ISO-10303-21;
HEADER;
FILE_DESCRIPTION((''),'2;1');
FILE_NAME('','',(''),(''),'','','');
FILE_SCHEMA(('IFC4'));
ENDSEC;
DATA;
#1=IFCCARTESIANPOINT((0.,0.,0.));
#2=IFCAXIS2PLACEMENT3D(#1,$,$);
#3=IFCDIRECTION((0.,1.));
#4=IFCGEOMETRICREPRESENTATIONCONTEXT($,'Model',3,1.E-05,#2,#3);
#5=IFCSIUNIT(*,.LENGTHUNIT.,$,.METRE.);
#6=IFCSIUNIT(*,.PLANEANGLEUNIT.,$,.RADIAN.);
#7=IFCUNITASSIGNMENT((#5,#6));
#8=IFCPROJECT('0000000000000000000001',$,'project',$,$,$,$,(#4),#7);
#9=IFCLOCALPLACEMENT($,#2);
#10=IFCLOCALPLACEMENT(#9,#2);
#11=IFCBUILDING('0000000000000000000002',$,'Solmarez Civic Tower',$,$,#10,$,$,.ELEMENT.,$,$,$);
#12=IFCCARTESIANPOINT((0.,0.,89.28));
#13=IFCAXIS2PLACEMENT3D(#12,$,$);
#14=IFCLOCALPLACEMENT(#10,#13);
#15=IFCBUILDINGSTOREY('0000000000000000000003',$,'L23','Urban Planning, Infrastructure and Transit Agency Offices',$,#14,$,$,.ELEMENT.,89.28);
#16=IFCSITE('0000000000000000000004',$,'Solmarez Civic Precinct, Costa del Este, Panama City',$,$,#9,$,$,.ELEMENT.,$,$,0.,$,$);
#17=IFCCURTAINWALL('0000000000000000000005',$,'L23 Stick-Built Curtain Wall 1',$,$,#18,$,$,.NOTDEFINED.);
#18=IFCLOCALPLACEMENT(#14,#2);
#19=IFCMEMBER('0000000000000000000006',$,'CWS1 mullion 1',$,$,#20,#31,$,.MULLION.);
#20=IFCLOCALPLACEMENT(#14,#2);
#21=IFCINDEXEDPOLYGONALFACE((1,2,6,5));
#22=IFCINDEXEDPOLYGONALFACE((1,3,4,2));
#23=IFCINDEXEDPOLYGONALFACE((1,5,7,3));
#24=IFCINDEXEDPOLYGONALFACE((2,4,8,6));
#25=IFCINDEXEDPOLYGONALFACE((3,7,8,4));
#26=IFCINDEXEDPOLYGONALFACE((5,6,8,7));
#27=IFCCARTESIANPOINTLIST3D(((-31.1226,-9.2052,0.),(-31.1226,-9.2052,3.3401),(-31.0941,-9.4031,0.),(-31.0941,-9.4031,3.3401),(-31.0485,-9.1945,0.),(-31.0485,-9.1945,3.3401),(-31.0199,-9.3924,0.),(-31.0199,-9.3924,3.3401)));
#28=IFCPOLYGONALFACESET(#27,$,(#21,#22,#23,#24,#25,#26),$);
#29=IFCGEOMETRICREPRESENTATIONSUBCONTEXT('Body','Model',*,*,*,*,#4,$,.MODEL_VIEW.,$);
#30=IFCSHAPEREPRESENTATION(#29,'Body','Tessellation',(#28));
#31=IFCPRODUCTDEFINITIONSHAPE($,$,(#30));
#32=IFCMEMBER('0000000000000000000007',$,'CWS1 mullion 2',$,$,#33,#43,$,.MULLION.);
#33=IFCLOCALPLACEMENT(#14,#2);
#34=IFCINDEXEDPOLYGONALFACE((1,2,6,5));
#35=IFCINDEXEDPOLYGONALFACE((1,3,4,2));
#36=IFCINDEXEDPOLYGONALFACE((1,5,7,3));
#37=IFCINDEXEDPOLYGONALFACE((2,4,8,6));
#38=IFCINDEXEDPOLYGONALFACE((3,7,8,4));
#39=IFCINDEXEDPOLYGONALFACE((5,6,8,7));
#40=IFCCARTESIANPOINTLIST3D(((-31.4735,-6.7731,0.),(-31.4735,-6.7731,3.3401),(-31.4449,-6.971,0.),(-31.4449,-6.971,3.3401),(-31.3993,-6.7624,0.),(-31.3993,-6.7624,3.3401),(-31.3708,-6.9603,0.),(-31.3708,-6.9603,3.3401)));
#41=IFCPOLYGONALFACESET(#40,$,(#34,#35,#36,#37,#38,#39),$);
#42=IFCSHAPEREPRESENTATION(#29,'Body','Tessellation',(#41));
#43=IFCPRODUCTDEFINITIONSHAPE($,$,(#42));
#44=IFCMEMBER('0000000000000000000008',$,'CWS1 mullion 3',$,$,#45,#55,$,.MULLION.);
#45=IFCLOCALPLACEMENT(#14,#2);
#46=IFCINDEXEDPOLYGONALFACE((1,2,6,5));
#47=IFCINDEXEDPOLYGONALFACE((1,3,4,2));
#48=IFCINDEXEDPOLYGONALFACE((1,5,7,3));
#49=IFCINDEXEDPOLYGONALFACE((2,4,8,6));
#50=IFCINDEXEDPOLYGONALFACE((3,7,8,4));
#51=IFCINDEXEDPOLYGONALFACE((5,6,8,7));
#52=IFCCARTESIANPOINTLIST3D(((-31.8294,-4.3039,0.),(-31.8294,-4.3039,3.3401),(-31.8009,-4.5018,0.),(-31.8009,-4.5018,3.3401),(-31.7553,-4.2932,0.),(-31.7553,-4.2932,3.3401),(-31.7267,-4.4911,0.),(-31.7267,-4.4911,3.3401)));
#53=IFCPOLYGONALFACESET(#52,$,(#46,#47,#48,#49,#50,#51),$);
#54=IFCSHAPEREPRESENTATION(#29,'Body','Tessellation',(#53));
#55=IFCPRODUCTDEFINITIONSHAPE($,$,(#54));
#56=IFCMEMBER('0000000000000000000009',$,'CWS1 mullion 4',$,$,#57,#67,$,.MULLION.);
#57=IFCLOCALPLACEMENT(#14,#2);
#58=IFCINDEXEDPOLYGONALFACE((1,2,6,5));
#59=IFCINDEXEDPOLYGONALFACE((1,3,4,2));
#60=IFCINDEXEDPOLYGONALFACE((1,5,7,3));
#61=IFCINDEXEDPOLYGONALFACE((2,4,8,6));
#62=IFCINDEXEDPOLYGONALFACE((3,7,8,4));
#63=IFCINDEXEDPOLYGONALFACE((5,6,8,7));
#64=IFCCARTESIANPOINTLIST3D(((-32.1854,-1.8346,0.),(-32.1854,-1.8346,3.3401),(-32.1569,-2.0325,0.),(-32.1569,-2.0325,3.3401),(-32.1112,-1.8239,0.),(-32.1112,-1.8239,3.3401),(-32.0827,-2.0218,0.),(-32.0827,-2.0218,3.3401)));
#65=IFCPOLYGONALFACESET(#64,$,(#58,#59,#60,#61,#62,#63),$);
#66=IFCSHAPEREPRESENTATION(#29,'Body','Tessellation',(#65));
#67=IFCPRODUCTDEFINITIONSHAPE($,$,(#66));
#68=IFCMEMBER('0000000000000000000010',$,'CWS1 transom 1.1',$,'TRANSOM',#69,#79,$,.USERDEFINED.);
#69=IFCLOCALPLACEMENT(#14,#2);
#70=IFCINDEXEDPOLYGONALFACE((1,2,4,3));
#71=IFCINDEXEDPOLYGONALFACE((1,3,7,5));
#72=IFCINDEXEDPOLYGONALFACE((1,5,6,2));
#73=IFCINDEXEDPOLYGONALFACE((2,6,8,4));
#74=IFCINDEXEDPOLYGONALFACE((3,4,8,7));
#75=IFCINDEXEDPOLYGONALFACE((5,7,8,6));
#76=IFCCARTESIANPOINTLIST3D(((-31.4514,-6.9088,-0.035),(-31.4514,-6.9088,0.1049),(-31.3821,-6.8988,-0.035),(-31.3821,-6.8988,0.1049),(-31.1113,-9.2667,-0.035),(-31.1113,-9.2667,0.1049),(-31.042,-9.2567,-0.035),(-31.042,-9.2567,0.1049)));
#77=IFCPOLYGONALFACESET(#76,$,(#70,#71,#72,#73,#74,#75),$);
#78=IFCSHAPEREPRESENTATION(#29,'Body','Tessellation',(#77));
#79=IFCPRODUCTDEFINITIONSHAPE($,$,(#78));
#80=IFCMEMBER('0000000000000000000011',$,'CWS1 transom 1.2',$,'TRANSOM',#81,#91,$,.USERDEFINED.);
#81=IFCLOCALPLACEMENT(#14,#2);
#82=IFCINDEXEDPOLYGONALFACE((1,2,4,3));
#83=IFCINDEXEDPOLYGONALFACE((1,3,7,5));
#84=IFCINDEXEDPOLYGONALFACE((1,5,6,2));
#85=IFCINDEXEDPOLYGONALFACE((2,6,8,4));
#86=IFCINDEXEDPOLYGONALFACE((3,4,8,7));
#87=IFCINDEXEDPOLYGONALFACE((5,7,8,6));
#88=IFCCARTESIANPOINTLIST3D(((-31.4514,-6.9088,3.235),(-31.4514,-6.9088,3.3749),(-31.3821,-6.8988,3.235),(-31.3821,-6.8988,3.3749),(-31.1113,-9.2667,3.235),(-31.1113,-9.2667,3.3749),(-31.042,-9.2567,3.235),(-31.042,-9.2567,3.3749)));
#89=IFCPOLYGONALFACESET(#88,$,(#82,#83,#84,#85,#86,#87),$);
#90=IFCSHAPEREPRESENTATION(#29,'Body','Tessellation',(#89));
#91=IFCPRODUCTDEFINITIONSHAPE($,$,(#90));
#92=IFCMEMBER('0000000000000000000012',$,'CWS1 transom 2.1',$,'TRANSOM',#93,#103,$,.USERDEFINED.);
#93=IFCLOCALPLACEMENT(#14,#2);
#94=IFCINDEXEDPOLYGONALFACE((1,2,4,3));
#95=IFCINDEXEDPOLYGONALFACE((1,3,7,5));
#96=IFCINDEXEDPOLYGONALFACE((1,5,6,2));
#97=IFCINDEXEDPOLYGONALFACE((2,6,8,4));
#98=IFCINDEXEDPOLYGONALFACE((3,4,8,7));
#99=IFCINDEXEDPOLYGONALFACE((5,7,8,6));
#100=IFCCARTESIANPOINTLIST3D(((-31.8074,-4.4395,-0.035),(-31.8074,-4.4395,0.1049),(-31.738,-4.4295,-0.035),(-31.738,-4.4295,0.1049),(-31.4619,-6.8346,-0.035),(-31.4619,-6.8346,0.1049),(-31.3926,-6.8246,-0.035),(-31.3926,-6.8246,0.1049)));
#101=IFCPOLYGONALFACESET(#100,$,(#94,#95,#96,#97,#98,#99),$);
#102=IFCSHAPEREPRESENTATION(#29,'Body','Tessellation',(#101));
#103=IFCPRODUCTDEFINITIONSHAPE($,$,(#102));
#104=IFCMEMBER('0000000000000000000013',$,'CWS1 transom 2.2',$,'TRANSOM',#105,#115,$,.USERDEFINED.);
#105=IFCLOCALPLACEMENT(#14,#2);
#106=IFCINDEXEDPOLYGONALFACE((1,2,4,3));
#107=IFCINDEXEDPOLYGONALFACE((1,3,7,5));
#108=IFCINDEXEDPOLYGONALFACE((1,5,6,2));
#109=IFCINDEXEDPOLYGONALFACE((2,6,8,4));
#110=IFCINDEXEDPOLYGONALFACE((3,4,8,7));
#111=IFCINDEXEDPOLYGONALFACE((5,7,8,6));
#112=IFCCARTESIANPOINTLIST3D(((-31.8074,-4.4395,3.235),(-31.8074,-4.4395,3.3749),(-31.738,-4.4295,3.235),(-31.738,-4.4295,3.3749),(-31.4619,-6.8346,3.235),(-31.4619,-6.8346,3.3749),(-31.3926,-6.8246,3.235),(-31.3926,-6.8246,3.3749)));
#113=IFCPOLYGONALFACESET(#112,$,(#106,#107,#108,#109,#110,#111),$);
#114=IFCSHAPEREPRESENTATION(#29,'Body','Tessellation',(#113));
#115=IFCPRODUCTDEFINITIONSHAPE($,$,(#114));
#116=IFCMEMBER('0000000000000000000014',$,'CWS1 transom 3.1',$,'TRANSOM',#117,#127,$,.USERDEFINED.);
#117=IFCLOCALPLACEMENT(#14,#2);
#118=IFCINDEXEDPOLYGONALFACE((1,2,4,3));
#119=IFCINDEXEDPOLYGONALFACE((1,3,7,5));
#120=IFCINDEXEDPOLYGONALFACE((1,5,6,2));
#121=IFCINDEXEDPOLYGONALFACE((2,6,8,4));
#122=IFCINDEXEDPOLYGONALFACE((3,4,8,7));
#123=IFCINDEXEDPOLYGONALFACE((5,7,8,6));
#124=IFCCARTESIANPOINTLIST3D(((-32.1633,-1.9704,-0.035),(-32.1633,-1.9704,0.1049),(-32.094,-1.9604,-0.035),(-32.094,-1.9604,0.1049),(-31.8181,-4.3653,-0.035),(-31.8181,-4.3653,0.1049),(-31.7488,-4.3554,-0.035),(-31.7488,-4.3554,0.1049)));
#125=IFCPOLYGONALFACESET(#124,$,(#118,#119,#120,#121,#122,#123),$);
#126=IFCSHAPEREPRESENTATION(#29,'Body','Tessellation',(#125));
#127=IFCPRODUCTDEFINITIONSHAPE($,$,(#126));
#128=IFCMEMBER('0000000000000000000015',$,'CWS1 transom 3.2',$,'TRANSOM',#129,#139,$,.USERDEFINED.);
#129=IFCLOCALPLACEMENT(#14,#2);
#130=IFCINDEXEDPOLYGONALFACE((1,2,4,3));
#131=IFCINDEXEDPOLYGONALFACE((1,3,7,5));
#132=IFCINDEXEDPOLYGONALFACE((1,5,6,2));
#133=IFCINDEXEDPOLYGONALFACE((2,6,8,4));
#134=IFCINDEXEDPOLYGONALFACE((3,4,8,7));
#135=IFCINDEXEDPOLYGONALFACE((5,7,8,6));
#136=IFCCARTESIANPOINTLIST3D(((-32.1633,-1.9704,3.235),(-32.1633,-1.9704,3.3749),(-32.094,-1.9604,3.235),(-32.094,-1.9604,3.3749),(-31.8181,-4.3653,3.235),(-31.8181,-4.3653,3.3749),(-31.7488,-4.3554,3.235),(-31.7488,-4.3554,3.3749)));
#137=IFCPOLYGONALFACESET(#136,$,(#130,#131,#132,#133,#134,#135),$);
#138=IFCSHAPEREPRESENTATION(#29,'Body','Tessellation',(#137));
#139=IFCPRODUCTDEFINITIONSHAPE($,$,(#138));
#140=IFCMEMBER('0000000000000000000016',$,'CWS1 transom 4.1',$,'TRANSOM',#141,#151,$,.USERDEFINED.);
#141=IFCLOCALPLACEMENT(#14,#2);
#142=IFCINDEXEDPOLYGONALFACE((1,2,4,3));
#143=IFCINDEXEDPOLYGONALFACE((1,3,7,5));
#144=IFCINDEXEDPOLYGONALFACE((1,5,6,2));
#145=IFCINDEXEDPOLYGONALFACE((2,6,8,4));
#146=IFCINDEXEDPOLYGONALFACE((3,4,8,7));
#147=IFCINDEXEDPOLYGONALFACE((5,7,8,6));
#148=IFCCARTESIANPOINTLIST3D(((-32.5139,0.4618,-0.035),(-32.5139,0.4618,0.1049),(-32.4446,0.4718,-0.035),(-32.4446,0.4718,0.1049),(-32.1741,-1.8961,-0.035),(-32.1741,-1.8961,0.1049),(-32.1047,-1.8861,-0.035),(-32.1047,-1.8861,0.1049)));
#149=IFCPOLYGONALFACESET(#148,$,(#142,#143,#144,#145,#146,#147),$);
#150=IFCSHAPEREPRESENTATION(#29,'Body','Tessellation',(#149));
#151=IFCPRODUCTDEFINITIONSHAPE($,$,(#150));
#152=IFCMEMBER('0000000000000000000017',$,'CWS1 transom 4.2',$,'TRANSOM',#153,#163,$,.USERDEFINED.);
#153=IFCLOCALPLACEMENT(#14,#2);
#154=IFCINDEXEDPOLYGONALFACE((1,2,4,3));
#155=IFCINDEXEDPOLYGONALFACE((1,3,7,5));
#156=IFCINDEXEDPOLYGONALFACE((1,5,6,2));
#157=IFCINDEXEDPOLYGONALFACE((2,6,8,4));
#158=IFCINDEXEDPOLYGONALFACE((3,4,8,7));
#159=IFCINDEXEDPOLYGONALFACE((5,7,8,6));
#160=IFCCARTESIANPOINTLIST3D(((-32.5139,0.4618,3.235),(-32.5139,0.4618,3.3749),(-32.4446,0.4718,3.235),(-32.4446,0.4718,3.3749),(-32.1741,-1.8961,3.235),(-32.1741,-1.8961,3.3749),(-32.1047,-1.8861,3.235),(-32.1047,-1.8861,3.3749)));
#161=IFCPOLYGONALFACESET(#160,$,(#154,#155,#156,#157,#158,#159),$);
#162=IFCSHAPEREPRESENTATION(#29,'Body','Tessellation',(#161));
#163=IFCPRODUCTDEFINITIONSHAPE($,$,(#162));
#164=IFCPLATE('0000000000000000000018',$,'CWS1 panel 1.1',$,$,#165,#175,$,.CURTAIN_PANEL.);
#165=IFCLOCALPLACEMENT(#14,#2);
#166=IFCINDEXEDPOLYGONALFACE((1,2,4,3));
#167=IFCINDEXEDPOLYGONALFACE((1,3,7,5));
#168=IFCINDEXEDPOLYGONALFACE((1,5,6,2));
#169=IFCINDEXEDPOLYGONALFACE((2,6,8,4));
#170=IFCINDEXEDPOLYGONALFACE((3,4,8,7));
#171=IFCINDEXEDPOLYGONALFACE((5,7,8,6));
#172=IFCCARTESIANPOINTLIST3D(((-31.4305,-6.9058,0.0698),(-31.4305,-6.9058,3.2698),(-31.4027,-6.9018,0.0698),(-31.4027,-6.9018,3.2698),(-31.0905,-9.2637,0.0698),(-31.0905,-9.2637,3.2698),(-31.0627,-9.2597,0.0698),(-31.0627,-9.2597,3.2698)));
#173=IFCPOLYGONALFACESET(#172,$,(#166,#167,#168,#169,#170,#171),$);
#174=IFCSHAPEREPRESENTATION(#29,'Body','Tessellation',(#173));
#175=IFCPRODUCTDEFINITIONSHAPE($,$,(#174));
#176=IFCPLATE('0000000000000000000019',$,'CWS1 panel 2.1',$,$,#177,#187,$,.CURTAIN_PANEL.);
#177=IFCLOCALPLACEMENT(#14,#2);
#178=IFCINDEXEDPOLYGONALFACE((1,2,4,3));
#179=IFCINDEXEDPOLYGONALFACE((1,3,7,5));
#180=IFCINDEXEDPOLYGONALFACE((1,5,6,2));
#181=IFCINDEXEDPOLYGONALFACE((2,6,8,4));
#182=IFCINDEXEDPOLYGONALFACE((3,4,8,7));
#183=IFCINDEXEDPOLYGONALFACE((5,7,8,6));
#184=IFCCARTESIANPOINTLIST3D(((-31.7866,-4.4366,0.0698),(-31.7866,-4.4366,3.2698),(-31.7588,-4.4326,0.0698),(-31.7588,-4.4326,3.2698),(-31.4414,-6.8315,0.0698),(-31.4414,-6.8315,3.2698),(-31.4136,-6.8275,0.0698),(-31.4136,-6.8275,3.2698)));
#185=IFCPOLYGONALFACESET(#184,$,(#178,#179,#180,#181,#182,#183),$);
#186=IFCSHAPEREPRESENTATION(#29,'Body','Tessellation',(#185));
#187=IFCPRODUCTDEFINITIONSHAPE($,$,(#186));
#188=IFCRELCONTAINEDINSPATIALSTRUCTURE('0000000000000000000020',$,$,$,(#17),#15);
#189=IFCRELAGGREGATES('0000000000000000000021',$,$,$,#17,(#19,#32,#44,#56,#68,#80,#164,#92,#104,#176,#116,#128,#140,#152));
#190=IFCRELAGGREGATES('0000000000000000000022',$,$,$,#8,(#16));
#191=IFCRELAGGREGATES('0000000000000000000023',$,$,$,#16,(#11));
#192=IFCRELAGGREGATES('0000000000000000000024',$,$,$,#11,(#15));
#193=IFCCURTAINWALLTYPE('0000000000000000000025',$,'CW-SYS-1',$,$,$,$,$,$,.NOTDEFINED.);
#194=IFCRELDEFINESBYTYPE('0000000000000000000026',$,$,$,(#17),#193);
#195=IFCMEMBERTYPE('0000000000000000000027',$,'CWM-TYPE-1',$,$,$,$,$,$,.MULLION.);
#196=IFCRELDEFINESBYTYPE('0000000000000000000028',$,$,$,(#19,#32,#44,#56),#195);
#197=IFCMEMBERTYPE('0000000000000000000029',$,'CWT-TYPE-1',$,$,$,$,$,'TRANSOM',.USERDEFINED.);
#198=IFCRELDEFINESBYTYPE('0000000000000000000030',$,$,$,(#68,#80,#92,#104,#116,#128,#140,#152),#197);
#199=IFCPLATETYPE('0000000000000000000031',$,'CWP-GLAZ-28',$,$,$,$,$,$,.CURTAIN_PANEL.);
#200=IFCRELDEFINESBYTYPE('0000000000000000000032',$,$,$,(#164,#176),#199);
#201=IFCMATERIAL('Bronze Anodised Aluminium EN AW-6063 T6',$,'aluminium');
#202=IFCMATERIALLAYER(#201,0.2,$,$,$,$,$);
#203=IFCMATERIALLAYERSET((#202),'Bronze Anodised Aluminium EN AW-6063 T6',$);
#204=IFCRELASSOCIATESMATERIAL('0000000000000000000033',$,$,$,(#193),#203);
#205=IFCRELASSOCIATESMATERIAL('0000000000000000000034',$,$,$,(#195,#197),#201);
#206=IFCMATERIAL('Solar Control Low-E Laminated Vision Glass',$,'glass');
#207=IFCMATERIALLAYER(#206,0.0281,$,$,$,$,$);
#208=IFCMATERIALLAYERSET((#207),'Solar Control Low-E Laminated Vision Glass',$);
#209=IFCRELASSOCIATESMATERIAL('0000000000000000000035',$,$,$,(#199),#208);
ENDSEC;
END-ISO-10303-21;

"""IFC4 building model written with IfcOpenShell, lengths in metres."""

from ifc_helpers import new_model, si_unit, direction, frame, origin, origin_2d, place, context, subcontext, project, spatial, rectangle, extrude, material, layer, layer_set, material_profile, profile_set, type_object, element, aggregate, save


model = new_model("IFC4")

# Units and contexts
model_context = context("Model", 3, precision=1e-05, world=origin(), true_north=direction((0.0, 1.0)))
body_context = subcontext(model_context, "Body", "Model", "MODEL_VIEW")
ifc_project = project(units=[si_unit("LENGTHUNIT", "METRE"), si_unit("PLANEANGLEUNIT", "RADIAN")], contexts=[model_context])

# Site, building, storey
site_placement = place(None, origin())
site = spatial("IfcSite", under=ifc_project, at=site_placement, Name="Solmarez Civic Precinct, Costa del Este, Panama City", CompositionType="ELEMENT", RefElevation=0.0)
building_placement = place(site_placement, origin())
building = spatial("IfcBuilding", under=site, at=building_placement, Name="Solmarez Civic Tower", CompositionType="ELEMENT")
storey_placement = place(building_placement, frame((0.0, 0.0, 89.28)))
storey = spatial("IfcBuildingStorey", under=building, at=storey_placement, Name="L23", Description="Urban Planning, Infrastructure and Transit Agency Offices", CompositionType="ELEMENT", Elevation=89.28)

# Curtain wall, members, plates
ifc_material_1 = material(Name="Bronze Anodised Aluminium EN AW-6063 T6", Category="aluminium")
ifc_layer_1 = layer(ifc_material_1, 0.2)
ifc_layer_set_1 = layer_set([ifc_layer_1], Name="Bronze Anodised Aluminium EN AW-6063 T6")
curtain_wall_type = type_object("IfcCurtainWallType", Name="CW-SYS-1", PredefinedType="NOTDEFINED", material=ifc_layer_set_1)
curtain_wall_placement = place(storey_placement, origin())
curtain_wall = element("IfcCurtainWall", 1, at=curtain_wall_placement, inside=storey, type_object=curtain_wall_type, Name="L23 Stick-Built Curtain Wall 1", PredefinedType="NOTDEFINED")
ifc_material_profile_1 = material_profile(ifc_material_1, rectangle(XDim=0.075, YDim=0.2, at=origin_2d()), Name="CWM-75X200")
ifc_profile_set_1 = profile_set([ifc_material_profile_1], Name="Bronze Anodised Aluminium EN AW-6063 T6")
member_type_1 = type_object("IfcMemberType", Name="CWM-TYPE-1", PredefinedType="MULLION", material=ifc_profile_set_1)
member_1_placement = place(storey_placement, frame((-31.0713, -9.2988, 0.0), z_axis=(0.0, 0.0, 1.0), x_axis=(-0.989766, -0.142698, 0.0)))
member_1 = element("IfcMember", 2, at=member_1_placement, type_object=member_type_1, Name="CWS1 mullion 1", PredefinedType="MULLION", context=body_context, shape_type="SweptSolid", body=[
    extrude(rectangle(XDim=0.075, YDim=0.2, at=origin_2d()), origin(), (0.0, 0.0, 1.0), 3.3401),
])
member_2_placement = place(storey_placement, frame((-31.4221, -6.8667, 0.0), z_axis=(0.0, 0.0, 1.0), x_axis=(-0.989766, -0.142698, 0.0)))
member_2 = element("IfcMember", 3, at=member_2_placement, type_object=member_type_1, Name="CWS1 mullion 2", PredefinedType="MULLION", context=body_context, shape_type="SweptSolid", body=[
    extrude(rectangle(XDim=0.075, YDim=0.2, at=origin_2d()), origin(), (0.0, 0.0, 1.0), 3.3401),
])
member_3_placement = place(storey_placement, frame((-31.7781, -4.3975, 0.0), z_axis=(0.0, 0.0, 1.0), x_axis=(-0.989766, -0.142698, 0.0)))
member_3 = element("IfcMember", 4, at=member_3_placement, type_object=member_type_1, Name="CWS1 mullion 3", PredefinedType="MULLION", context=body_context, shape_type="SweptSolid", body=[
    extrude(rectangle(XDim=0.075, YDim=0.2, at=origin_2d()), origin(), (0.0, 0.0, 1.0), 3.3401),
])
member_4_placement = place(storey_placement, frame((-32.134, -1.9282, 0.0), z_axis=(0.0, 0.0, 1.0), x_axis=(-0.989766, -0.142698, 0.0)))
member_4 = element("IfcMember", 5, at=member_4_placement, type_object=member_type_1, Name="CWS1 mullion 4", PredefinedType="MULLION", context=body_context, shape_type="SweptSolid", body=[
    extrude(rectangle(XDim=0.075, YDim=0.2, at=origin_2d()), origin(), (0.0, 0.0, 1.0), 3.3401),
])
ifc_material_profile_2 = material_profile(ifc_material_1, rectangle(XDim=0.0701, YDim=0.1399, at=origin_2d()), Name="CWT-70X140")
ifc_profile_set_2 = profile_set([ifc_material_profile_2], Name="Bronze Anodised Aluminium EN AW-6063 T6")
member_type_2 = type_object("IfcMemberType", Name="CWT-TYPE-1", ElementType="TRANSOM", PredefinedType="USERDEFINED", material=ifc_profile_set_2)
member_5_placement = place(storey_placement, frame((-31.0767, -9.2617, 0.0349), z_axis=(-0.142756, 0.989758, 0.0), x_axis=(-0.989758, -0.142756, 0.0)))
member_5 = element("IfcMember", 6, at=member_5_placement, type_object=member_type_2, Name="CWS1 transom 1.1", ObjectType="TRANSOM", PredefinedType="USERDEFINED", context=body_context, shape_type="SweptSolid", body=[
    extrude(rectangle(XDim=0.0701, YDim=0.1399, at=origin_2d()), origin(), (0.0, 0.0, 1.0), 2.3823),
])
member_6_placement = place(storey_placement, frame((-31.0767, -9.2617, 3.3049), z_axis=(-0.142756, 0.989758, 0.0), x_axis=(-0.989758, -0.142756, 0.0)))
member_6 = element("IfcMember", 7, at=member_6_placement, type_object=member_type_2, Name="CWS1 transom 1.2", ObjectType="TRANSOM", PredefinedType="USERDEFINED", context=body_context, shape_type="SweptSolid", body=[
    extrude(rectangle(XDim=0.0701, YDim=0.1399, at=origin_2d()), origin(), (0.0, 0.0, 1.0), 2.3823),
])
member_7_placement = place(storey_placement, frame((-31.4272, -6.8296, 0.0349), z_axis=(-0.142763, 0.989757, 0.0), x_axis=(-0.989757, -0.142763, 0.0)))
member_7 = element("IfcMember", 8, at=member_7_placement, type_object=member_type_2, Name="CWS1 transom 2.1", ObjectType="TRANSOM", PredefinedType="USERDEFINED", context=body_context, shape_type="SweptSolid", body=[
    extrude(rectangle(XDim=0.0701, YDim=0.1399, at=origin_2d()), origin(), (0.0, 0.0, 1.0), 2.4199),
])
member_8_placement = place(storey_placement, frame((-31.4272, -6.8296, 3.3049), z_axis=(-0.142763, 0.989757, 0.0), x_axis=(-0.989757, -0.142763, 0.0)))
member_8 = element("IfcMember", 9, at=member_8_placement, type_object=member_type_2, Name="CWS1 transom 2.2", ObjectType="TRANSOM", PredefinedType="USERDEFINED", context=body_context, shape_type="SweptSolid", body=[
    extrude(rectangle(XDim=0.0701, YDim=0.1399, at=origin_2d()), origin(), (0.0, 0.0, 1.0), 2.4199),
])
member_9_placement = place(storey_placement, frame((-31.7834, -4.3604, 0.0349), z_axis=(-0.142664, 0.989771, 0.0), x_axis=(-0.989771, -0.142664, 0.0)))
member_9 = element("IfcMember", 10, at=member_9_placement, type_object=member_type_2, Name="CWS1 transom 3.1", ObjectType="TRANSOM", PredefinedType="USERDEFINED", context=body_context, shape_type="SweptSolid", body=[
    extrude(rectangle(XDim=0.0701, YDim=0.1399, at=origin_2d()), origin(), (0.0, 0.0, 1.0), 2.4197),
])
member_10_placement = place(storey_placement, frame((-31.7834, -4.3604, 3.3049), z_axis=(-0.142664, 0.989771, 0.0), x_axis=(-0.989771, -0.142664, 0.0)))
member_10 = element("IfcMember", 11, at=member_10_placement, type_object=member_type_2, Name="CWS1 transom 3.2", ObjectType="TRANSOM", PredefinedType="USERDEFINED", context=body_context, shape_type="SweptSolid", body=[
    extrude(rectangle(XDim=0.0701, YDim=0.1399, at=origin_2d()), origin(), (0.0, 0.0, 1.0), 2.4197),
])
member_11_placement = place(storey_placement, frame((-32.1394, -1.8911, 0.0349), z_axis=(-0.142655, 0.989772, 0.0), x_axis=(-0.989772, -0.142655, 0.0)))
member_11 = element("IfcMember", 12, at=member_11_placement, type_object=member_type_2, Name="CWS1 transom 4.1", ObjectType="TRANSOM", PredefinedType="USERDEFINED", context=body_context, shape_type="SweptSolid", body=[
    extrude(rectangle(XDim=0.0701, YDim=0.1399, at=origin_2d()), origin(), (0.0, 0.0, 1.0), 2.3823),
])
member_12_placement = place(storey_placement, frame((-32.1394, -1.8911, 3.3049), z_axis=(-0.142655, 0.989772, 0.0), x_axis=(-0.989772, -0.142655, 0.0)))
member_12 = element("IfcMember", 13, at=member_12_placement, type_object=member_type_2, Name="CWS1 transom 4.2", ObjectType="TRANSOM", PredefinedType="USERDEFINED", context=body_context, shape_type="SweptSolid", body=[
    extrude(rectangle(XDim=0.0701, YDim=0.1399, at=origin_2d()), origin(), (0.0, 0.0, 1.0), 2.3823),
])
ifc_material_2 = material(Name="Solar Control Low-E Laminated Vision Glass", Category="glass")
ifc_layer_2 = layer(ifc_material_2, 0.0281)
ifc_layer_set_2 = layer_set([ifc_layer_2], Name="Solar Control Low-E Laminated Vision Glass")
plate_type = type_object("IfcPlateType", Name="CWP-GLAZ-28", PredefinedType="CURTAIN_PANEL", material=ifc_layer_set_2)
plate_1_placement = place(storey_placement, frame((-31.2466, -8.0828, 0.0698), z_axis=(0.0, 0.0, 1.0), x_axis=(-0.142698, 0.989766, 0.0)))
plate_1 = element("IfcPlate", 14, at=plate_1_placement, type_object=plate_type, Name="CWS1 panel 1.1", PredefinedType="CURTAIN_PANEL", context=body_context, shape_type="SweptSolid", body=[
    extrude(rectangle(XDim=2.3823, YDim=0.0281, at=origin_2d()), origin(), (0.0, 0.0, 1.0), 3.2),
])
plate_2_placement = place(storey_placement, frame((-31.6001, -5.6321, 0.0698), z_axis=(0.0, 0.0, 1.0), x_axis=(-0.142698, 0.989766, 0.0)))
plate_2 = element("IfcPlate", 15, at=plate_2_placement, type_object=plate_type, Name="CWS1 panel 2.1", PredefinedType="CURTAIN_PANEL", context=body_context, shape_type="SweptSolid", body=[
    extrude(rectangle(XDim=2.4197, YDim=0.0281, at=origin_2d()), origin(), (0.0, 0.0, 1.0), 3.2),
])
aggregate(curtain_wall, [member_1, member_2, member_3, member_4, member_5, member_6, plate_1, member_7, member_8, plate_2, member_9, member_10, member_11, member_12])

save(model, "model.ifc")
